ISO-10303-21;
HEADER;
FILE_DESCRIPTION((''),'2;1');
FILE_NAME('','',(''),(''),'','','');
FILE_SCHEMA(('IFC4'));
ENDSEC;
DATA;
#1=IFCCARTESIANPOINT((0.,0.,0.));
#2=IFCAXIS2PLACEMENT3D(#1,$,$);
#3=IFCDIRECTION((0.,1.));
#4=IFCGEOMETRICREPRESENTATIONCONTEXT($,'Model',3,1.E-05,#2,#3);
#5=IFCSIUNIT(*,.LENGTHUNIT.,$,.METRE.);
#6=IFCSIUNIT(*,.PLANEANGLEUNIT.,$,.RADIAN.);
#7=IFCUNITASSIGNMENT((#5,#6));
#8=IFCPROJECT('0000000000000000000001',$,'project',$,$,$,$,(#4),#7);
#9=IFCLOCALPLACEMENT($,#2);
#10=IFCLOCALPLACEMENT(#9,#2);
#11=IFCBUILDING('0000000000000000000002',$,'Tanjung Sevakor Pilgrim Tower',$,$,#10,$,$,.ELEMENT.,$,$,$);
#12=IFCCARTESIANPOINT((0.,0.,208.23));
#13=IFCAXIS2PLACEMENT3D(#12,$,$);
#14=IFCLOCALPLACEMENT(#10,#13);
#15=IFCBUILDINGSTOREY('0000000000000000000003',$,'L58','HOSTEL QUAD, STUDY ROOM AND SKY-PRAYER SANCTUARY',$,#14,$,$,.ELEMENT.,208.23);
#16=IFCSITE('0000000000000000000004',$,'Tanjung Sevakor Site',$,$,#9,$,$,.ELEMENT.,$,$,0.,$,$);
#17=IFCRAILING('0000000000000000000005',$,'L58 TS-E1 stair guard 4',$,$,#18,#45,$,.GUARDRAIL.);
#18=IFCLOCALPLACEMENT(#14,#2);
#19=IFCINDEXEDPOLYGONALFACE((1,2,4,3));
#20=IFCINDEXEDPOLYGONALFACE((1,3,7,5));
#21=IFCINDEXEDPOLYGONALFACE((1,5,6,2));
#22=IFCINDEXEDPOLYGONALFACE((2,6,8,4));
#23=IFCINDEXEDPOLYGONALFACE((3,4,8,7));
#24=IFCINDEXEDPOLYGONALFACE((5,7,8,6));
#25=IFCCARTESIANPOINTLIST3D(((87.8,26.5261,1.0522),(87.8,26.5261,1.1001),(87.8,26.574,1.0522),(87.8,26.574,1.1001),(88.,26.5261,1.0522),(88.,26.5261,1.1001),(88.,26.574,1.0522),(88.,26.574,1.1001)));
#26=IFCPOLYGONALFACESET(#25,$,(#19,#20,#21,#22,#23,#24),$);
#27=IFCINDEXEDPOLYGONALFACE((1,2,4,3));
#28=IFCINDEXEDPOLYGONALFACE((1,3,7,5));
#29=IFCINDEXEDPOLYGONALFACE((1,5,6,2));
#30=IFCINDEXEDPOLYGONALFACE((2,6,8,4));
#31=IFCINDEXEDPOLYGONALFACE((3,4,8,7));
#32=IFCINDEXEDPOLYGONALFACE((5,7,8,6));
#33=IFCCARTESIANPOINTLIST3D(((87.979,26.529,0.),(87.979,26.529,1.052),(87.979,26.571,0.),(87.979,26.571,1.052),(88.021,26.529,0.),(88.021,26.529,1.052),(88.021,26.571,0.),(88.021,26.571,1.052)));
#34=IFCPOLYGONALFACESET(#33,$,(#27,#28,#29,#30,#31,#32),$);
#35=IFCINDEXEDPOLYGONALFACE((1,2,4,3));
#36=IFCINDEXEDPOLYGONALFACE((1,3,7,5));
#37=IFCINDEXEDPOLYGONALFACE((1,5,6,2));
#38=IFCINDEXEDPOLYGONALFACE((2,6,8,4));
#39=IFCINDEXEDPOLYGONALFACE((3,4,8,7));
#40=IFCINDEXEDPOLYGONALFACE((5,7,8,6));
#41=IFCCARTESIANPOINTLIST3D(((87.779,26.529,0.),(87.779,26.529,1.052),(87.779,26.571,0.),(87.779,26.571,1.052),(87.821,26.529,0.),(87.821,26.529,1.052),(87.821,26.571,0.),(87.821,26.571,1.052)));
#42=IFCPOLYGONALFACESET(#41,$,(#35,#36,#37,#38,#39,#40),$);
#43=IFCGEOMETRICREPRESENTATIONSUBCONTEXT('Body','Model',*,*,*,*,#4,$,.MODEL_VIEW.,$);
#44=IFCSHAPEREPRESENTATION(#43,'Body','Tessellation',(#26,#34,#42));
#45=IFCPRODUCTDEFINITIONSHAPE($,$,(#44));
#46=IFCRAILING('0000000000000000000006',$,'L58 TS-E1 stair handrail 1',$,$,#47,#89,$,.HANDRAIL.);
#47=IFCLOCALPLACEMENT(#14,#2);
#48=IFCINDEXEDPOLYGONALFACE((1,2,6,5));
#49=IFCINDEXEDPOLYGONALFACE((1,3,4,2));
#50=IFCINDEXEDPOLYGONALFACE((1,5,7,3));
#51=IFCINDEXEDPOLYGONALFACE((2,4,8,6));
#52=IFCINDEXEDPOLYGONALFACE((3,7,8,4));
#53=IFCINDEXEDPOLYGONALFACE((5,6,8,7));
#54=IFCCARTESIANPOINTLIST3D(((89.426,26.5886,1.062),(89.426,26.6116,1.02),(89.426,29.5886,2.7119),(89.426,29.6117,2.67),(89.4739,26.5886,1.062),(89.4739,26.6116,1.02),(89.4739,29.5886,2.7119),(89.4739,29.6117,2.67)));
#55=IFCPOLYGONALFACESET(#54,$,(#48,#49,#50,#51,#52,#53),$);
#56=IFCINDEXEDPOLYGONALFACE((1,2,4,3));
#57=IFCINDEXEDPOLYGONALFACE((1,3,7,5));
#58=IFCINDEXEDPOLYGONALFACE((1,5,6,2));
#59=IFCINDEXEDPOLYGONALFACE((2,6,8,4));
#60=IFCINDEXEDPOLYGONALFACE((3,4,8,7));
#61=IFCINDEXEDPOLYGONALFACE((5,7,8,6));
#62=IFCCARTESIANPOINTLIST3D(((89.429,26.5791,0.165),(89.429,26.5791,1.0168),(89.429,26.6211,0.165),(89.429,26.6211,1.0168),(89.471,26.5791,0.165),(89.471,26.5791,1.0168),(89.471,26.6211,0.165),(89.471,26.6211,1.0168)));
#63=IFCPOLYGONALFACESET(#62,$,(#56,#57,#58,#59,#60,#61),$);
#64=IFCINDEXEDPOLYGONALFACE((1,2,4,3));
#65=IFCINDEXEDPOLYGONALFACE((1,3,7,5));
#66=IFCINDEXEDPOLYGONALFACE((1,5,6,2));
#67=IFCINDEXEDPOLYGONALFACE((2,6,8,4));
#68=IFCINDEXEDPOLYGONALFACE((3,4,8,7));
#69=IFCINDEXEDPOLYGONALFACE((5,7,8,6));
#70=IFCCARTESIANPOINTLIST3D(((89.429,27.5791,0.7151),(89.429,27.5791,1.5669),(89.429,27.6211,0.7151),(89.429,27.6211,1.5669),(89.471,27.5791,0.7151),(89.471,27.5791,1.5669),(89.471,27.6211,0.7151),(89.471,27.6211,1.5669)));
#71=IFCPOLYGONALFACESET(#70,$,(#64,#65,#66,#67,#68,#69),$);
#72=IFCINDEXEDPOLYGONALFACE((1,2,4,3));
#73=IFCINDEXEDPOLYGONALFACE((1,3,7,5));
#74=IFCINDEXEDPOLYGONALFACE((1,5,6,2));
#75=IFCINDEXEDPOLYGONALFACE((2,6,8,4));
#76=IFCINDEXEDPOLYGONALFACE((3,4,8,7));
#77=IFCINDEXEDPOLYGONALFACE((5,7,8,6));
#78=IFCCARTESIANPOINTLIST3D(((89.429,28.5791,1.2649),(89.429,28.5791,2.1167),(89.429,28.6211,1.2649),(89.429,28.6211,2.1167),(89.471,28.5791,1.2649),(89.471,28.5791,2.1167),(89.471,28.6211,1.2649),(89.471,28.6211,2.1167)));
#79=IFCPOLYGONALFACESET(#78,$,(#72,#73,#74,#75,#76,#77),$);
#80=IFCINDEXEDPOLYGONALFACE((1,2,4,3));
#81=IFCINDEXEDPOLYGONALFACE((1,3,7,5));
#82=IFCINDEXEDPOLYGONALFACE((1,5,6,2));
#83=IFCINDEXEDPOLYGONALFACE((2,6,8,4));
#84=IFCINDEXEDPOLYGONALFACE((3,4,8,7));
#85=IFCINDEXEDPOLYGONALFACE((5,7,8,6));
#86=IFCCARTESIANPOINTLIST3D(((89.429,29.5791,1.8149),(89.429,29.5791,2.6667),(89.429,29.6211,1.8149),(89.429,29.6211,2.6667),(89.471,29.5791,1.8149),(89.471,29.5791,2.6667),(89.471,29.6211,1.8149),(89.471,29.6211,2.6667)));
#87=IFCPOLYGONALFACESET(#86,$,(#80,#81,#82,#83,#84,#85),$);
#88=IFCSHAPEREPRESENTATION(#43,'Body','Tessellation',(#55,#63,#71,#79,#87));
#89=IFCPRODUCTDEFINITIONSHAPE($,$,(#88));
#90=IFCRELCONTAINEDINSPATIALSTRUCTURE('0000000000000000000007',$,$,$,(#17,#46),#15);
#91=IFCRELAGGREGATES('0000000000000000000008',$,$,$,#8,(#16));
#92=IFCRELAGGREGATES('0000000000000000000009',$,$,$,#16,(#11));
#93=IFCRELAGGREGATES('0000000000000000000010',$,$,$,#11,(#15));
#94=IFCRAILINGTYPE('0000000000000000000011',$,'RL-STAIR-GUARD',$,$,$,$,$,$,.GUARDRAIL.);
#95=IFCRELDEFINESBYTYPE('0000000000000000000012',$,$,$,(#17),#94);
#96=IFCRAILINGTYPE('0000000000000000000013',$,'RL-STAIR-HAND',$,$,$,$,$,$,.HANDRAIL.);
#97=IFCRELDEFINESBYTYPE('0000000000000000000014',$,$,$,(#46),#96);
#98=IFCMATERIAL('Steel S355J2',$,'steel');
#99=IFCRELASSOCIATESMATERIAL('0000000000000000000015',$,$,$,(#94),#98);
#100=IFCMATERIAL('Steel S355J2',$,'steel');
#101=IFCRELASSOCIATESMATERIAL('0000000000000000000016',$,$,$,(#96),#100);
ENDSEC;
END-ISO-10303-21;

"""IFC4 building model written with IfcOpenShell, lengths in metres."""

from ifc_helpers import new_model, si_unit, direction, frame, origin, place, context, subcontext, project, spatial, rectangle, extrude, material, type_object, element, save


model = new_model("IFC4")

# Units and contexts
model_context = context("Model", 3, precision=1e-05, world=origin(), true_north=direction((0.0, 1.0)))
body_context = subcontext(model_context, "Body", "Model", "MODEL_VIEW")
ifc_project = project(units=[si_unit("LENGTHUNIT", "METRE"), si_unit("PLANEANGLEUNIT", "RADIAN")], contexts=[model_context])

# Site, building, storey
site_placement = place(None, origin())
site = spatial("IfcSite", under=ifc_project, at=site_placement, Name="Tanjung Sevakor Site", CompositionType="ELEMENT", RefElevation=0.0)
building_placement = place(site_placement, origin())
building = spatial("IfcBuilding", under=site, at=building_placement, Name="Tanjung Sevakor Pilgrim Tower", CompositionType="ELEMENT")
storey_placement = place(building_placement, frame((0.0, 0.0, 208.23)))
storey = spatial("IfcBuildingStorey", under=building, at=storey_placement, Name="L58", Description="HOSTEL QUAD, STUDY ROOM AND SKY-PRAYER SANCTUARY", CompositionType="ELEMENT", Elevation=208.23)

# Railings
ifc_material_1 = material(Name="Steel S355J2", Category="steel")
railing_type_1 = type_object("IfcRailingType", Name="RL-STAIR-GUARD", PredefinedType="GUARDRAIL", material=ifc_material_1)
for number, where, name in (
    (1, (88.0, 26.55, 0.0), "L58 TS-E1 stair guard 4"),
):
    element("IfcRailing", number, at=place(storey_placement, frame(where)), inside=storey, type_object=railing_type_1, Name=name, PredefinedType="GUARDRAIL", context=body_context, shape_type="SweptSolid", body=[
        extrude(rectangle(XDim=0.0479, YDim=0.0479), frame((0.0, 0.0, 1.0762), z_axis=(-1.0, 0.0, 0.0), x_axis=(0.0, -1.0, 0.0)), (0.0, 0.0, 1.0), 0.2),
        extrude(rectangle(XDim=0.042, YDim=0.042), origin(), (0.0, 0.0, 1.0), 1.052),
        extrude(rectangle(XDim=0.042, YDim=0.042), frame((-0.2, 0.0, 0.0)), (0.0, 0.0, 1.0), 1.052),
    ])
ifc_material_2 = material(Name="Steel S355J2", Category="steel")
railing_type_2 = type_object("IfcRailingType", Name="RL-STAIR-HAND", PredefinedType="HANDRAIL", material=ifc_material_2)
railing_1_placement = place(storey_placement, frame((89.45, 26.6001, 0.165)))
element("IfcRailing", 2, at=railing_1_placement, inside=storey, type_object=railing_type_2, Name="L58 TS-E1 stair handrail 1", PredefinedType="HANDRAIL", context=body_context, shape_type="SweptSolid", body=[
    extrude(rectangle(XDim=0.0479, YDim=0.0479), frame((0.0, 0.0, 0.876), z_axis=(0.0, 0.876228, 0.481897), x_axis=(-1.0, 0.0, 0.0)), (0.0, 0.0, 1.0), 3.4238),
    extrude(rectangle(XDim=0.042, YDim=0.042), origin(), (0.0, 0.0, 1.0), 0.8518),
    extrude(rectangle(XDim=0.042, YDim=0.042), frame((0.0, 1.0, 0.55)), (0.0, 0.0, 1.0), 0.8518),
    extrude(rectangle(XDim=0.042, YDim=0.042), frame((0.0, 2.0, 1.0999)), (0.0, 0.0, 1.0), 0.8518),
    extrude(rectangle(XDim=0.042, YDim=0.042), frame((0.0, 3.0, 1.6499)), (0.0, 0.0, 1.0), 0.8518),
])

save(model, "model.ifc")
